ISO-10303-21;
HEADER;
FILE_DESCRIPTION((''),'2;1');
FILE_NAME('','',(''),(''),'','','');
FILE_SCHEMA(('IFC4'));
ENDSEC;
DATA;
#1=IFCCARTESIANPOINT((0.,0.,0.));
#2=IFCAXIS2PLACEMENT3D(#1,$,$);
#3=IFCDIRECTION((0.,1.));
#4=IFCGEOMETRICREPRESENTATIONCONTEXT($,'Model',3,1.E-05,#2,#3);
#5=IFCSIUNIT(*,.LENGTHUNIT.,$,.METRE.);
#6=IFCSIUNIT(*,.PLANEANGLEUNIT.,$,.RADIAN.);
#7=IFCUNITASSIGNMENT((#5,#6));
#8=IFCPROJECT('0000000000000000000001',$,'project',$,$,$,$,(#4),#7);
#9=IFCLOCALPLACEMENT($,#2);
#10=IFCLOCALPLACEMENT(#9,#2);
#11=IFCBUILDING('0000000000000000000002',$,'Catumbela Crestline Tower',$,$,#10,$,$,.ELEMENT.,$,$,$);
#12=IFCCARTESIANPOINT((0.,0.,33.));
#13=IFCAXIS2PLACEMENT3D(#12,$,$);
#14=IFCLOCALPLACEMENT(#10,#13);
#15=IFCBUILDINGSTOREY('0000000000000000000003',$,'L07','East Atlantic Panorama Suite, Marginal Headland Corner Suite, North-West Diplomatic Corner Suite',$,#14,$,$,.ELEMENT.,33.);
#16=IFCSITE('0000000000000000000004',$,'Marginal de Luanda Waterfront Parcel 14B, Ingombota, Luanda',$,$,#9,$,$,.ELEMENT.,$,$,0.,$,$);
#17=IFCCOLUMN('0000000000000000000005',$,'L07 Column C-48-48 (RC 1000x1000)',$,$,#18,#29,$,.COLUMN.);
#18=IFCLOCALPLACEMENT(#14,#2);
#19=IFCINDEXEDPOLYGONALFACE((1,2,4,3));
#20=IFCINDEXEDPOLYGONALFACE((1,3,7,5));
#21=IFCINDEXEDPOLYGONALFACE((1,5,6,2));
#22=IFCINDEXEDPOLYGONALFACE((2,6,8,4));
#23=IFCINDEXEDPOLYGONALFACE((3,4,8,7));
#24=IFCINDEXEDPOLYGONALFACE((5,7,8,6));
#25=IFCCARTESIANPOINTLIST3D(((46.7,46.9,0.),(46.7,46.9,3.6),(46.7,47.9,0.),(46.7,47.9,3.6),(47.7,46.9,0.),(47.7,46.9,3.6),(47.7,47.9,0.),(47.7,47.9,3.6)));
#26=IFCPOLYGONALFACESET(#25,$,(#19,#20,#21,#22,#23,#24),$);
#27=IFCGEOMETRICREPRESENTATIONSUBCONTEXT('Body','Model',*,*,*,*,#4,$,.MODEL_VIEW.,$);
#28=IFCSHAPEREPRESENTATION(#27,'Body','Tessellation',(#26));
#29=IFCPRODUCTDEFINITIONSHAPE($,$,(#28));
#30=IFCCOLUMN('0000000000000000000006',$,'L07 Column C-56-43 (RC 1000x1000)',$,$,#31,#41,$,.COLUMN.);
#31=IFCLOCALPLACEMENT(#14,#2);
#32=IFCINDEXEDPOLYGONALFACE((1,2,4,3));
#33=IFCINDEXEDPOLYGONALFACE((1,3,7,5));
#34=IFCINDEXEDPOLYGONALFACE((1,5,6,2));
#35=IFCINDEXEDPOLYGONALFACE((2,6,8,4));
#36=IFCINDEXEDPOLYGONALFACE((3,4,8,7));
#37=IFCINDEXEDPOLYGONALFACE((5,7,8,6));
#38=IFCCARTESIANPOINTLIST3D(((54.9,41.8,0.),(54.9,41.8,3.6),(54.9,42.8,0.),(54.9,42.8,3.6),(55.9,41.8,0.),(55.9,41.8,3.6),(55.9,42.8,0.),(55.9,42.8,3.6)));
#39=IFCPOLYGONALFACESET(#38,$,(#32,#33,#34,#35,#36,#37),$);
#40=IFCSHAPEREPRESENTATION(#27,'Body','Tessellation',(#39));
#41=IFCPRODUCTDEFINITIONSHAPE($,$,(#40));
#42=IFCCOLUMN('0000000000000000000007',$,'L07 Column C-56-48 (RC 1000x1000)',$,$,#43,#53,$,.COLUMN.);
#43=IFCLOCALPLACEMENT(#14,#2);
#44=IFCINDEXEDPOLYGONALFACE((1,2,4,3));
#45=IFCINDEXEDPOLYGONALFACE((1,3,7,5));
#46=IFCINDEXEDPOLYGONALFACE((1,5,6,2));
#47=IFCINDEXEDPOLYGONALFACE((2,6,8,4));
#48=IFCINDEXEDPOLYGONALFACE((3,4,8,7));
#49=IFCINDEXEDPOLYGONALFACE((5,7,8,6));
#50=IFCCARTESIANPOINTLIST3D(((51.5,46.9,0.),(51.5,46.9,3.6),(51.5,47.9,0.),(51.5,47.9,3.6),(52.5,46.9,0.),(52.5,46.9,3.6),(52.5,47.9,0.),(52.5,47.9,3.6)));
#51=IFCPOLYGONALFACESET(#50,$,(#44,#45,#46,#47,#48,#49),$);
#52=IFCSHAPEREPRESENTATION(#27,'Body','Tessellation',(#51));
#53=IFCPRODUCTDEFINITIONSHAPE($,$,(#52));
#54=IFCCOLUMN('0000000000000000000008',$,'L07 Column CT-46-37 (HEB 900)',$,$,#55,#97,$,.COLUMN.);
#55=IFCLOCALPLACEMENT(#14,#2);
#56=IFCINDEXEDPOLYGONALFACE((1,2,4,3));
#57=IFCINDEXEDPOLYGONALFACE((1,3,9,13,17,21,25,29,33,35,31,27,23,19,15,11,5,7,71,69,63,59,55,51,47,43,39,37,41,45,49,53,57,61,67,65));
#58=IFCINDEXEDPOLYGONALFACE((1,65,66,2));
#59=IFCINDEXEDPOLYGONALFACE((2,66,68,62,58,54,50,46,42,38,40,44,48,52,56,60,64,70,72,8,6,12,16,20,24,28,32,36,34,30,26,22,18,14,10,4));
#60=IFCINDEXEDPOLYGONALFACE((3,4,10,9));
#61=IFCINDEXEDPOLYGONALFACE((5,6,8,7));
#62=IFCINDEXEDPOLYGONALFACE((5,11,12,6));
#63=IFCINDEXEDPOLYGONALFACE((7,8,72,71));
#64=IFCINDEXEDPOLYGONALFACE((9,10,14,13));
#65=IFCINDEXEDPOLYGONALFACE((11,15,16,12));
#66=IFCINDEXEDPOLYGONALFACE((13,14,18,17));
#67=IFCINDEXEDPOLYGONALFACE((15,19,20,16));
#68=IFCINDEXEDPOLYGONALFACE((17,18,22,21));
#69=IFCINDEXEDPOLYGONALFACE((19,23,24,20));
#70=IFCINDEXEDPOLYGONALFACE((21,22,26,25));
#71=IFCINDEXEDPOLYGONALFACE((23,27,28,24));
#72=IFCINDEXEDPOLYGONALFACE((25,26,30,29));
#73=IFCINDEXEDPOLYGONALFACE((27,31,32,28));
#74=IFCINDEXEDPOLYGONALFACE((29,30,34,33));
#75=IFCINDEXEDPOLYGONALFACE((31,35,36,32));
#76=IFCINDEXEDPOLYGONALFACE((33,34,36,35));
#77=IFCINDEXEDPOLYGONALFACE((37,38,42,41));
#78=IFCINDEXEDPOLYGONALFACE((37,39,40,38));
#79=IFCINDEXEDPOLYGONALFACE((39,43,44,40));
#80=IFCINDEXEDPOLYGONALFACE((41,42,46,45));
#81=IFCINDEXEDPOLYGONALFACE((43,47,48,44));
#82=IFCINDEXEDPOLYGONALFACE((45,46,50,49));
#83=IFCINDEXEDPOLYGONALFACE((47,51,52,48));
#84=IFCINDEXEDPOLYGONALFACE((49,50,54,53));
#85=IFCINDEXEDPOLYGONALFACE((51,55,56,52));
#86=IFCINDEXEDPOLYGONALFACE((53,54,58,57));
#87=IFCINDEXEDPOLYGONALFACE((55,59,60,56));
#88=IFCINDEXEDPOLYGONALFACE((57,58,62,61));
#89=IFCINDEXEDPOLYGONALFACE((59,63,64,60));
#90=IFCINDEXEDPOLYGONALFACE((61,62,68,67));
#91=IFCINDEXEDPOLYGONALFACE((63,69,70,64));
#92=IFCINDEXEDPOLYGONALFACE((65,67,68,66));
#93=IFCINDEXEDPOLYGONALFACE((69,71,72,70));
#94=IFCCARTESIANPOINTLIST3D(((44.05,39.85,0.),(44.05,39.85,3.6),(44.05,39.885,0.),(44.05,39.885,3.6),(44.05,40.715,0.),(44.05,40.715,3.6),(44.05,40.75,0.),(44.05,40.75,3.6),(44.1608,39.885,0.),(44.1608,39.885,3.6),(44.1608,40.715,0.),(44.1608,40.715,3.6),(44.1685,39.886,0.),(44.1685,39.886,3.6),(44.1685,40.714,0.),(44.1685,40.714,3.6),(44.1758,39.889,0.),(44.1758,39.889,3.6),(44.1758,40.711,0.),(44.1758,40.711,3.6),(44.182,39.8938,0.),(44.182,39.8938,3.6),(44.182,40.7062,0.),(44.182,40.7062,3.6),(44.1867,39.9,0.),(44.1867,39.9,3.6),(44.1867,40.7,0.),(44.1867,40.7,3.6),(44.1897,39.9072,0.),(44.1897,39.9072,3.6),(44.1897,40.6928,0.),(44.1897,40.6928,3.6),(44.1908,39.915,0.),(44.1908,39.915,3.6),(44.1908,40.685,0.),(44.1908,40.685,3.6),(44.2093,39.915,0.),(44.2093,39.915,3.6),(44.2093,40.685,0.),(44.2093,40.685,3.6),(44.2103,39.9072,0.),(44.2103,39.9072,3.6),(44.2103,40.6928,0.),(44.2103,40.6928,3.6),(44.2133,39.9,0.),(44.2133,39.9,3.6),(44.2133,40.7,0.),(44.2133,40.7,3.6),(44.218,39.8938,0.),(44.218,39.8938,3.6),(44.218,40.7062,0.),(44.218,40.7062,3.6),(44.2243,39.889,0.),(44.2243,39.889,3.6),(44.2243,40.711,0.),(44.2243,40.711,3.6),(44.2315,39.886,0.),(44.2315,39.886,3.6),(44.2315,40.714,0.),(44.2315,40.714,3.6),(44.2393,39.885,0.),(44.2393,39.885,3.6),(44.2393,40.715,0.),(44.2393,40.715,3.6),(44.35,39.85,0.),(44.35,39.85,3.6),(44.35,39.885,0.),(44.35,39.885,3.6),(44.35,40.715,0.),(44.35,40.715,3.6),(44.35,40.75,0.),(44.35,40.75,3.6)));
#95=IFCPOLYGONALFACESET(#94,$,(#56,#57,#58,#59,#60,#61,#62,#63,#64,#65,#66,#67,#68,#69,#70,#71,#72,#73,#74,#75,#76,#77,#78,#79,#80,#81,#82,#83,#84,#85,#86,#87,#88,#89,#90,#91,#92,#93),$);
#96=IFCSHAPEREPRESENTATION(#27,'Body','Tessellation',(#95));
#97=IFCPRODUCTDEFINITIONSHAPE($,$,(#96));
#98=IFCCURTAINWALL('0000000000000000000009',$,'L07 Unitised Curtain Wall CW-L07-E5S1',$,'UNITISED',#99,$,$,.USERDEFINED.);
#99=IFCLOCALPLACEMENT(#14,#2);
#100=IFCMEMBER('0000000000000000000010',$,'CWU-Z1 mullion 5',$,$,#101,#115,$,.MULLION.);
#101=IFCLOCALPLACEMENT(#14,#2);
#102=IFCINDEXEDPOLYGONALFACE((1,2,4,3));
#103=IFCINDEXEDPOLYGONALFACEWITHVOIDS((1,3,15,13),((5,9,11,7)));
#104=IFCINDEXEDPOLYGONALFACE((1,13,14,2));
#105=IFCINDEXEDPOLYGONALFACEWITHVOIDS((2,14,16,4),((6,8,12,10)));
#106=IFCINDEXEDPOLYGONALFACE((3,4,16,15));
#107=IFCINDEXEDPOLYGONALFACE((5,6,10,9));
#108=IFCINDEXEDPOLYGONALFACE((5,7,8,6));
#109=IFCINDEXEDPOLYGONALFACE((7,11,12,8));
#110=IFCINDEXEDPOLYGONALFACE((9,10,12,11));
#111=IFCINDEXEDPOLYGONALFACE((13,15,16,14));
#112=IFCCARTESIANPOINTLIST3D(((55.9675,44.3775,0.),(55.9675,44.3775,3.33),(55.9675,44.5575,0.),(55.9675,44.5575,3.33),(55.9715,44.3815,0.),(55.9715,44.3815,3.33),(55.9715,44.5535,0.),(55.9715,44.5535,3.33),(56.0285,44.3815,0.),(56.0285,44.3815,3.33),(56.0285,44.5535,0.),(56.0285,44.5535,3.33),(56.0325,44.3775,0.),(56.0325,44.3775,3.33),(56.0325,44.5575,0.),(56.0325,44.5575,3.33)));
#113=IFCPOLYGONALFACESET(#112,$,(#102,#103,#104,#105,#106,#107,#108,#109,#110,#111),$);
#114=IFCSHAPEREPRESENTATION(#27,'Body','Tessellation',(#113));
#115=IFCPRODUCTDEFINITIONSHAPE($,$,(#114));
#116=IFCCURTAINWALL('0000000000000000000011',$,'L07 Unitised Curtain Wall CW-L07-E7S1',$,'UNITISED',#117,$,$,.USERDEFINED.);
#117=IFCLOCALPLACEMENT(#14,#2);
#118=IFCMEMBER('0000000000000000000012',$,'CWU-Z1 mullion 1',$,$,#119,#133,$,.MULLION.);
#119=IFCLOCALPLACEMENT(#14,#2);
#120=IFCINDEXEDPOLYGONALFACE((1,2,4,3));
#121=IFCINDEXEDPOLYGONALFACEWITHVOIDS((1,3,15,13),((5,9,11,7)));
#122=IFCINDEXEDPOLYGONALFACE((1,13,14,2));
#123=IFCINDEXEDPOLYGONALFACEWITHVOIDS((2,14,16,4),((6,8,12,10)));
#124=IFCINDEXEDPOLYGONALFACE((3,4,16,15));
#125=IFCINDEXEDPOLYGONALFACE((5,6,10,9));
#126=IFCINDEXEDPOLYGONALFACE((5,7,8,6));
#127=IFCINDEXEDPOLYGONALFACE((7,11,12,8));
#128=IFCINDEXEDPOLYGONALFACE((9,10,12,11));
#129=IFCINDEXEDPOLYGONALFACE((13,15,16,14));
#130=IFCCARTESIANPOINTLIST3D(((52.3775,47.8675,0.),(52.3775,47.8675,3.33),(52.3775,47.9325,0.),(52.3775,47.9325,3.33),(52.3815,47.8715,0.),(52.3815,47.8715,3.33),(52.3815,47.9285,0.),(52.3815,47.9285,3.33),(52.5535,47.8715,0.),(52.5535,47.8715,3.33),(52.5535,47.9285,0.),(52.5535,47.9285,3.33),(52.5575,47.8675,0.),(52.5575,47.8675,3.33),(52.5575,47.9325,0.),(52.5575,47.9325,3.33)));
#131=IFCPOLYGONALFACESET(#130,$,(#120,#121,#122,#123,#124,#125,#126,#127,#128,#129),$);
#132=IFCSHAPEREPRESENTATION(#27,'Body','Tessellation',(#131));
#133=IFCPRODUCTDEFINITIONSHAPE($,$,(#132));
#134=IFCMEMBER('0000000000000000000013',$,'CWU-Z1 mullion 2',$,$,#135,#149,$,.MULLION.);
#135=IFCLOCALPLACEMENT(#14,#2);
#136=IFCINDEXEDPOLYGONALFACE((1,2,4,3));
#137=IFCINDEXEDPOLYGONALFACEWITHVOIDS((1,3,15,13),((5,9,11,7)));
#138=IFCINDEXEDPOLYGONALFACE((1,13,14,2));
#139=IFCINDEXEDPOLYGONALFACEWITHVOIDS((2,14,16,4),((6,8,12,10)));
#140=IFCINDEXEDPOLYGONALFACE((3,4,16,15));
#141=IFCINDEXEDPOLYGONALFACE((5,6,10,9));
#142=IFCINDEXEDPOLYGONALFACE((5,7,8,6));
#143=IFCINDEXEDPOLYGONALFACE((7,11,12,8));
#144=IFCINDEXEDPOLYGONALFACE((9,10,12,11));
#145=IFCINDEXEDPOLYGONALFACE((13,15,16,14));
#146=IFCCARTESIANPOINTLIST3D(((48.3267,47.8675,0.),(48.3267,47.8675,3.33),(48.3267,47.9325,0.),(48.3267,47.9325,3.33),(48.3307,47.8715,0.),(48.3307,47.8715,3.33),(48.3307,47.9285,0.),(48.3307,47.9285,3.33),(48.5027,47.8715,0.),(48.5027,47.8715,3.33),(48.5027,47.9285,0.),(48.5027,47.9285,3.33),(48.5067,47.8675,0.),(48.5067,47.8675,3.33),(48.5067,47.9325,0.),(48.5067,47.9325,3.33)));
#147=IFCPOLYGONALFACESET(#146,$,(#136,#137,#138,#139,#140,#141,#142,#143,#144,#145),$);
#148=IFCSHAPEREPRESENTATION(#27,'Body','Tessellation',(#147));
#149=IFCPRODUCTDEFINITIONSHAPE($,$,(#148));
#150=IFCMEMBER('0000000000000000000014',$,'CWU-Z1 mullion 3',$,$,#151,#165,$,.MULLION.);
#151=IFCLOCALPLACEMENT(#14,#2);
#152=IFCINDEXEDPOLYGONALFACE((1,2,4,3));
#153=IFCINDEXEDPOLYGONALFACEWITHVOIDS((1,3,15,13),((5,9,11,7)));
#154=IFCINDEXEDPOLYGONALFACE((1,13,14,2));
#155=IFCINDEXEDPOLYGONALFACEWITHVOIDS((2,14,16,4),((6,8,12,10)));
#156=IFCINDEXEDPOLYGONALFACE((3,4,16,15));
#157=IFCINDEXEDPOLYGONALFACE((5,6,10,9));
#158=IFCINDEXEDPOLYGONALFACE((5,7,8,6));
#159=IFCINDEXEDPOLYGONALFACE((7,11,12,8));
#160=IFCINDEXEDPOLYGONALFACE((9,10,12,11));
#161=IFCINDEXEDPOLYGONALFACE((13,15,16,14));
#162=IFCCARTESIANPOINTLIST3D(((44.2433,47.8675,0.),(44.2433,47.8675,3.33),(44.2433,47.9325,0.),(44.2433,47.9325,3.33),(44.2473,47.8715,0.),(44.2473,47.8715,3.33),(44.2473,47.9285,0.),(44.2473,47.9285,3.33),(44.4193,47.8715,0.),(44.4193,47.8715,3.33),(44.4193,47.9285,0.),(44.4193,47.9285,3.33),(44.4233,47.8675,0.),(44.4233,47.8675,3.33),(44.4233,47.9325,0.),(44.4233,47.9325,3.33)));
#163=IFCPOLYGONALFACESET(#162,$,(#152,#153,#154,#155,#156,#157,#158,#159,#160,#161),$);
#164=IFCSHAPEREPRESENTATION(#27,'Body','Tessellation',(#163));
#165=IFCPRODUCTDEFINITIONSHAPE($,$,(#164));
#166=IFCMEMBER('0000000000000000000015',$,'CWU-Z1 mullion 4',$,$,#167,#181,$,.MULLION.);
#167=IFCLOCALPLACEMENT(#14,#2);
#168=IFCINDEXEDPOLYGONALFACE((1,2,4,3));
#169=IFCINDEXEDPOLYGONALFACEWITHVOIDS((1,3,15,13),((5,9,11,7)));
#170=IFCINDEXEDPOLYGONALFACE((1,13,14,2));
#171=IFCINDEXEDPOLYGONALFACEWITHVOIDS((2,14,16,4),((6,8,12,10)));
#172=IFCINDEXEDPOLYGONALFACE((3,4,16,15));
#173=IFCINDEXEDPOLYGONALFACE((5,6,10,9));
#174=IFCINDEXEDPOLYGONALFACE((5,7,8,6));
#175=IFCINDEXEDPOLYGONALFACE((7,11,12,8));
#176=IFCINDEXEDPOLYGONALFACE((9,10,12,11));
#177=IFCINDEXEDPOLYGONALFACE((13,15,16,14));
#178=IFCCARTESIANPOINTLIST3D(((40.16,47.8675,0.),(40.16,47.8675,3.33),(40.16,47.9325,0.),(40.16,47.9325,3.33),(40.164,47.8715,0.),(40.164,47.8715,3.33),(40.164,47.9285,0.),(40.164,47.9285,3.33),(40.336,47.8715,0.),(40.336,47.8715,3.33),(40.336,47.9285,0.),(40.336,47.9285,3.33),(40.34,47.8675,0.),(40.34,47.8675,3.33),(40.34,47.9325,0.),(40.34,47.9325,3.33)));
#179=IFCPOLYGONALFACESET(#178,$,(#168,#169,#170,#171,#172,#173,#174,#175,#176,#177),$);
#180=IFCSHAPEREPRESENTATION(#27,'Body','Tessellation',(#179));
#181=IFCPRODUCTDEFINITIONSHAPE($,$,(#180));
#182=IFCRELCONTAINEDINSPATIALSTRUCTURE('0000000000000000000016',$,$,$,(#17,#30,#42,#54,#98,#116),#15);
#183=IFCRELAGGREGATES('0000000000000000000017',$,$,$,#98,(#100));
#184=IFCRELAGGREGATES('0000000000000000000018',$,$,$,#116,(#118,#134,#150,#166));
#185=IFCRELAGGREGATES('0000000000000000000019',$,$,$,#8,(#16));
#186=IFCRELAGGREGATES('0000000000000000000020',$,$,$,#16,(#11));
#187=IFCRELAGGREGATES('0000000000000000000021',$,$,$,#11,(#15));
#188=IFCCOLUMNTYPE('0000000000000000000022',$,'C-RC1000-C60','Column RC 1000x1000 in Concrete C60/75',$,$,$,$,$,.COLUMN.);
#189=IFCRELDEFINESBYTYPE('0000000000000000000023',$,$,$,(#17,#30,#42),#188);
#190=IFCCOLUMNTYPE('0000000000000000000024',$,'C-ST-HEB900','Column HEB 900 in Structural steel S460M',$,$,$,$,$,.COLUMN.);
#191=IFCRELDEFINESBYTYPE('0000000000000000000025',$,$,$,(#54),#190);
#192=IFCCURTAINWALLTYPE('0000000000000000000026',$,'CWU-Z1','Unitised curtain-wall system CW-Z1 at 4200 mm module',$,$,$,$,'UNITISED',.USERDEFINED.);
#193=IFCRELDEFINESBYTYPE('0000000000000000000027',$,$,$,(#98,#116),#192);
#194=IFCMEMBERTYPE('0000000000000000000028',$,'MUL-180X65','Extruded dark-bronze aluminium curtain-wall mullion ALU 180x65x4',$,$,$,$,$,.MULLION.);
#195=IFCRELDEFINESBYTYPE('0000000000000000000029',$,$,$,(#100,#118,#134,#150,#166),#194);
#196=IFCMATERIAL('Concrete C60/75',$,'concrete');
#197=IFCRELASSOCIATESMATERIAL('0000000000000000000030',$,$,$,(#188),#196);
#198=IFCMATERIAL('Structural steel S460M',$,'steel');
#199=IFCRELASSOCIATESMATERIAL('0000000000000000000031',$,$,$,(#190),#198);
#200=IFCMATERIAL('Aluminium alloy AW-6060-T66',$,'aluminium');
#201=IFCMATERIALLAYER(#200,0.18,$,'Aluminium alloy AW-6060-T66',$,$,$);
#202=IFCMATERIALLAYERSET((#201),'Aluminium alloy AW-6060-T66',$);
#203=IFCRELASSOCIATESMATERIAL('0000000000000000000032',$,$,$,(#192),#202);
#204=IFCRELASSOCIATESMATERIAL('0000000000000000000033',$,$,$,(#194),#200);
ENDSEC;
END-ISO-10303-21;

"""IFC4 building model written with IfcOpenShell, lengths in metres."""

from ifc_helpers import new_model, si_unit, direction, frame, origin, origin_2d, place, context, subcontext, project, spatial, rectangle, hollow_rectangle, i_section, extrude, material, layer, layer_set, material_profile, profile_set, type_object, element, aggregate, save


model = new_model("IFC4")

# Units and contexts
model_context = context("Model", 3, precision=1e-05, world=origin(), true_north=direction((0.0, 1.0)))
body_context = subcontext(model_context, "Body", "Model", "MODEL_VIEW")
ifc_project = project(units=[si_unit("LENGTHUNIT", "METRE"), si_unit("PLANEANGLEUNIT", "RADIAN")], contexts=[model_context])

# Site, building, storey
site_placement = place(None, origin())
site = spatial("IfcSite", under=ifc_project, at=site_placement, Name="Marginal de Luanda Waterfront Parcel 14B, Ingombota, Luanda", CompositionType="ELEMENT", RefElevation=0.0)
building_placement = place(site_placement, origin())
building = spatial("IfcBuilding", under=site, at=building_placement, Name="Catumbela Crestline Tower", CompositionType="ELEMENT")
storey_placement = place(building_placement, frame((0.0, 0.0, 33.0)))
storey = spatial("IfcBuildingStorey", under=building, at=storey_placement, Name="L07", Description="East Atlantic Panorama Suite, Marginal Headland Corner Suite, North-West Diplomatic Corner Suite", CompositionType="ELEMENT", Elevation=33.0)

# Columns
ifc_material_1 = material(Name="Concrete C60/75", Category="concrete")
ifc_material_profile_1 = material_profile(ifc_material_1, rectangle(XDim=1.0, YDim=1.0, at=origin_2d()), Name="RC 1000x1000")
ifc_profile_set_1 = profile_set([ifc_material_profile_1], Name="Concrete C60/75")
column_type_1 = type_object("IfcColumnType", Name="C-RC1000-C60", Description="Column RC 1000x1000 in Concrete C60/75", PredefinedType="COLUMN", material=ifc_profile_set_1)
for number, where, z_axis, x_axis, name in (
    (1, (47.2, 47.4, 0.0), (0.0, 0.0, 1.0), (1.0, 0.0, 0.0), "L07 Column C-48-48 (RC 1000x1000)"),
    (2, (55.4, 42.3, 0.0), (0.0, 0.0, 1.0), (1.0, 0.0, 0.0), "L07 Column C-56-43 (RC 1000x1000)"),
    (3, (52.0, 47.4, 0.0), (0.0, 0.0, 1.0), (1.0, 0.0, 0.0), "L07 Column C-56-48 (RC 1000x1000)"),
):
    element("IfcColumn", number, at=place(storey_placement, frame(where, z_axis=z_axis, x_axis=x_axis)), inside=storey, type_object=column_type_1, Name=name, PredefinedType="COLUMN", context=body_context, shape_type="SweptSolid", body=[
        extrude(rectangle(XDim=1.0, YDim=1.0, at=origin_2d()), origin(), (0.0, 0.0, 1.0), 3.6),
    ])
ifc_material_2 = material(Name="Structural steel S460M", Category="steel")
ifc_material_profile_2 = material_profile(ifc_material_2, i_section(OverallWidth=0.3, OverallDepth=0.9, WebThickness=0.0185, FlangeThickness=0.035, FilletRadius=0.03, at=origin_2d()), Name="HEB 900")
ifc_profile_set_2 = profile_set([ifc_material_profile_2], Name="Structural steel S460M")
column_type_2 = type_object("IfcColumnType", Name="C-ST-HEB900", Description="Column HEB 900 in Structural steel S460M", PredefinedType="COLUMN", material=ifc_profile_set_2)
column_placement = place(storey_placement, frame((44.2, 40.3, 0.0), z_axis=(0.0, 0.0, 1.0), x_axis=(1.0, 0.0, 0.0)))
element("IfcColumn", 4, at=column_placement, inside=storey, type_object=column_type_2, Name="L07 Column CT-46-37 (HEB 900)", PredefinedType="COLUMN", context=body_context, shape_type="SweptSolid", body=[
    extrude(i_section(OverallWidth=0.3, OverallDepth=0.9, WebThickness=0.0185, FlangeThickness=0.035, FilletRadius=0.03, at=origin_2d()), origin(), (0.0, 0.0, 1.0), 3.6),
])

# Curtain wall, member
ifc_material_3 = material(Name="Aluminium alloy AW-6060-T66", Category="aluminium")
ifc_layer_1 = layer(ifc_material_3, 0.18, Name="Aluminium alloy AW-6060-T66")
ifc_layer_set_1 = layer_set([ifc_layer_1], Name="Aluminium alloy AW-6060-T66")
curtain_wall_type = type_object("IfcCurtainWallType", Name="CWU-Z1", Description="Unitised curtain-wall system CW-Z1 at 4200 mm module", ElementType="UNITISED", PredefinedType="USERDEFINED", material=ifc_layer_set_1)
curtain_wall_1_placement = place(storey_placement, origin())
curtain_wall_1 = element("IfcCurtainWall", 5, at=curtain_wall_1_placement, inside=storey, type_object=curtain_wall_type, Name="L07 Unitised Curtain Wall CW-L07-E5S1", ObjectType="UNITISED", PredefinedType="USERDEFINED")
ifc_material_profile_3 = material_profile(ifc_material_3, hollow_rectangle(XDim=0.065, YDim=0.18, WallThickness=0.004, at=origin_2d()), Name="ALU 180x65x4")
ifc_profile_set_3 = profile_set([ifc_material_profile_3], Name="Aluminium alloy AW-6060-T66")
member_type_1 = type_object("IfcMemberType", Name="MUL-180X65", Description="Extruded dark-bronze aluminium curtain-wall mullion ALU 180x65x4", PredefinedType="MULLION", material=ifc_profile_set_3)
member_1_placement = place(storey_placement, frame((56.0, 44.4675, 0.0), z_axis=(0.0, 0.0, 1.0), x_axis=(-1.0, 0.0, 0.0)))
member_1 = element("IfcMember", 6, at=member_1_placement, type_object=member_type_1, Name="CWU-Z1 mullion 5", PredefinedType="MULLION", context=body_context, shape_type="SweptSolid", body=[
    extrude(hollow_rectangle(XDim=0.065, YDim=0.18, WallThickness=0.004, at=origin_2d()), origin(), (0.0, 0.0, 1.0), 3.33),
])

# Curtain wall, members
curtain_wall_2_placement = place(storey_placement, origin())
curtain_wall_2 = element("IfcCurtainWall", 7, at=curtain_wall_2_placement, inside=storey, type_object=curtain_wall_type, Name="L07 Unitised Curtain Wall CW-L07-E7S1", ObjectType="UNITISED", PredefinedType="USERDEFINED")
member_2_placement = place(storey_placement, frame((52.4675, 47.9, 0.0), z_axis=(0.0, 0.0, 1.0), x_axis=(0.0, -1.0, 0.0)))
member_2 = element("IfcMember", 8, at=member_2_placement, type_object=member_type_1, Name="CWU-Z1 mullion 1", PredefinedType="MULLION", context=body_context, shape_type="SweptSolid", body=[
    extrude(hollow_rectangle(XDim=0.065, YDim=0.18, WallThickness=0.004, at=origin_2d()), origin(), (0.0, 0.0, 1.0), 3.33),
])
member_3_placement = place(storey_placement, frame((48.4167, 47.9, 0.0), z_axis=(0.0, 0.0, 1.0), x_axis=(0.0, -1.0, 0.0)))
member_3 = element("IfcMember", 9, at=member_3_placement, type_object=member_type_1, Name="CWU-Z1 mullion 2", PredefinedType="MULLION", context=body_context, shape_type="SweptSolid", body=[
    extrude(hollow_rectangle(XDim=0.065, YDim=0.18, WallThickness=0.004, at=origin_2d()), origin(), (0.0, 0.0, 1.0), 3.33),
])
member_4_placement = place(storey_placement, frame((44.3333, 47.9, 0.0), z_axis=(0.0, 0.0, 1.0), x_axis=(0.0, -1.0, 0.0)))
member_4 = element("IfcMember", 10, at=member_4_placement, type_object=member_type_1, Name="CWU-Z1 mullion 3", PredefinedType="MULLION", context=body_context, shape_type="SweptSolid", body=[
    extrude(hollow_rectangle(XDim=0.065, YDim=0.18, WallThickness=0.004, at=origin_2d()), origin(), (0.0, 0.0, 1.0), 3.33),
])
member_5_placement = place(storey_placement, frame((40.25, 47.9, 0.0), z_axis=(0.0, 0.0, 1.0), x_axis=(0.0, -1.0, 0.0)))
member_5 = element("IfcMember", 11, at=member_5_placement, type_object=member_type_1, Name="CWU-Z1 mullion 4", PredefinedType="MULLION", context=body_context, shape_type="SweptSolid", body=[
    extrude(hollow_rectangle(XDim=0.065, YDim=0.18, WallThickness=0.004, at=origin_2d()), origin(), (0.0, 0.0, 1.0), 3.33),
])

aggregate(curtain_wall_1, [member_1])
aggregate(curtain_wall_2, [member_2, member_3, member_4, member_5])

save(model, "model.ifc")
